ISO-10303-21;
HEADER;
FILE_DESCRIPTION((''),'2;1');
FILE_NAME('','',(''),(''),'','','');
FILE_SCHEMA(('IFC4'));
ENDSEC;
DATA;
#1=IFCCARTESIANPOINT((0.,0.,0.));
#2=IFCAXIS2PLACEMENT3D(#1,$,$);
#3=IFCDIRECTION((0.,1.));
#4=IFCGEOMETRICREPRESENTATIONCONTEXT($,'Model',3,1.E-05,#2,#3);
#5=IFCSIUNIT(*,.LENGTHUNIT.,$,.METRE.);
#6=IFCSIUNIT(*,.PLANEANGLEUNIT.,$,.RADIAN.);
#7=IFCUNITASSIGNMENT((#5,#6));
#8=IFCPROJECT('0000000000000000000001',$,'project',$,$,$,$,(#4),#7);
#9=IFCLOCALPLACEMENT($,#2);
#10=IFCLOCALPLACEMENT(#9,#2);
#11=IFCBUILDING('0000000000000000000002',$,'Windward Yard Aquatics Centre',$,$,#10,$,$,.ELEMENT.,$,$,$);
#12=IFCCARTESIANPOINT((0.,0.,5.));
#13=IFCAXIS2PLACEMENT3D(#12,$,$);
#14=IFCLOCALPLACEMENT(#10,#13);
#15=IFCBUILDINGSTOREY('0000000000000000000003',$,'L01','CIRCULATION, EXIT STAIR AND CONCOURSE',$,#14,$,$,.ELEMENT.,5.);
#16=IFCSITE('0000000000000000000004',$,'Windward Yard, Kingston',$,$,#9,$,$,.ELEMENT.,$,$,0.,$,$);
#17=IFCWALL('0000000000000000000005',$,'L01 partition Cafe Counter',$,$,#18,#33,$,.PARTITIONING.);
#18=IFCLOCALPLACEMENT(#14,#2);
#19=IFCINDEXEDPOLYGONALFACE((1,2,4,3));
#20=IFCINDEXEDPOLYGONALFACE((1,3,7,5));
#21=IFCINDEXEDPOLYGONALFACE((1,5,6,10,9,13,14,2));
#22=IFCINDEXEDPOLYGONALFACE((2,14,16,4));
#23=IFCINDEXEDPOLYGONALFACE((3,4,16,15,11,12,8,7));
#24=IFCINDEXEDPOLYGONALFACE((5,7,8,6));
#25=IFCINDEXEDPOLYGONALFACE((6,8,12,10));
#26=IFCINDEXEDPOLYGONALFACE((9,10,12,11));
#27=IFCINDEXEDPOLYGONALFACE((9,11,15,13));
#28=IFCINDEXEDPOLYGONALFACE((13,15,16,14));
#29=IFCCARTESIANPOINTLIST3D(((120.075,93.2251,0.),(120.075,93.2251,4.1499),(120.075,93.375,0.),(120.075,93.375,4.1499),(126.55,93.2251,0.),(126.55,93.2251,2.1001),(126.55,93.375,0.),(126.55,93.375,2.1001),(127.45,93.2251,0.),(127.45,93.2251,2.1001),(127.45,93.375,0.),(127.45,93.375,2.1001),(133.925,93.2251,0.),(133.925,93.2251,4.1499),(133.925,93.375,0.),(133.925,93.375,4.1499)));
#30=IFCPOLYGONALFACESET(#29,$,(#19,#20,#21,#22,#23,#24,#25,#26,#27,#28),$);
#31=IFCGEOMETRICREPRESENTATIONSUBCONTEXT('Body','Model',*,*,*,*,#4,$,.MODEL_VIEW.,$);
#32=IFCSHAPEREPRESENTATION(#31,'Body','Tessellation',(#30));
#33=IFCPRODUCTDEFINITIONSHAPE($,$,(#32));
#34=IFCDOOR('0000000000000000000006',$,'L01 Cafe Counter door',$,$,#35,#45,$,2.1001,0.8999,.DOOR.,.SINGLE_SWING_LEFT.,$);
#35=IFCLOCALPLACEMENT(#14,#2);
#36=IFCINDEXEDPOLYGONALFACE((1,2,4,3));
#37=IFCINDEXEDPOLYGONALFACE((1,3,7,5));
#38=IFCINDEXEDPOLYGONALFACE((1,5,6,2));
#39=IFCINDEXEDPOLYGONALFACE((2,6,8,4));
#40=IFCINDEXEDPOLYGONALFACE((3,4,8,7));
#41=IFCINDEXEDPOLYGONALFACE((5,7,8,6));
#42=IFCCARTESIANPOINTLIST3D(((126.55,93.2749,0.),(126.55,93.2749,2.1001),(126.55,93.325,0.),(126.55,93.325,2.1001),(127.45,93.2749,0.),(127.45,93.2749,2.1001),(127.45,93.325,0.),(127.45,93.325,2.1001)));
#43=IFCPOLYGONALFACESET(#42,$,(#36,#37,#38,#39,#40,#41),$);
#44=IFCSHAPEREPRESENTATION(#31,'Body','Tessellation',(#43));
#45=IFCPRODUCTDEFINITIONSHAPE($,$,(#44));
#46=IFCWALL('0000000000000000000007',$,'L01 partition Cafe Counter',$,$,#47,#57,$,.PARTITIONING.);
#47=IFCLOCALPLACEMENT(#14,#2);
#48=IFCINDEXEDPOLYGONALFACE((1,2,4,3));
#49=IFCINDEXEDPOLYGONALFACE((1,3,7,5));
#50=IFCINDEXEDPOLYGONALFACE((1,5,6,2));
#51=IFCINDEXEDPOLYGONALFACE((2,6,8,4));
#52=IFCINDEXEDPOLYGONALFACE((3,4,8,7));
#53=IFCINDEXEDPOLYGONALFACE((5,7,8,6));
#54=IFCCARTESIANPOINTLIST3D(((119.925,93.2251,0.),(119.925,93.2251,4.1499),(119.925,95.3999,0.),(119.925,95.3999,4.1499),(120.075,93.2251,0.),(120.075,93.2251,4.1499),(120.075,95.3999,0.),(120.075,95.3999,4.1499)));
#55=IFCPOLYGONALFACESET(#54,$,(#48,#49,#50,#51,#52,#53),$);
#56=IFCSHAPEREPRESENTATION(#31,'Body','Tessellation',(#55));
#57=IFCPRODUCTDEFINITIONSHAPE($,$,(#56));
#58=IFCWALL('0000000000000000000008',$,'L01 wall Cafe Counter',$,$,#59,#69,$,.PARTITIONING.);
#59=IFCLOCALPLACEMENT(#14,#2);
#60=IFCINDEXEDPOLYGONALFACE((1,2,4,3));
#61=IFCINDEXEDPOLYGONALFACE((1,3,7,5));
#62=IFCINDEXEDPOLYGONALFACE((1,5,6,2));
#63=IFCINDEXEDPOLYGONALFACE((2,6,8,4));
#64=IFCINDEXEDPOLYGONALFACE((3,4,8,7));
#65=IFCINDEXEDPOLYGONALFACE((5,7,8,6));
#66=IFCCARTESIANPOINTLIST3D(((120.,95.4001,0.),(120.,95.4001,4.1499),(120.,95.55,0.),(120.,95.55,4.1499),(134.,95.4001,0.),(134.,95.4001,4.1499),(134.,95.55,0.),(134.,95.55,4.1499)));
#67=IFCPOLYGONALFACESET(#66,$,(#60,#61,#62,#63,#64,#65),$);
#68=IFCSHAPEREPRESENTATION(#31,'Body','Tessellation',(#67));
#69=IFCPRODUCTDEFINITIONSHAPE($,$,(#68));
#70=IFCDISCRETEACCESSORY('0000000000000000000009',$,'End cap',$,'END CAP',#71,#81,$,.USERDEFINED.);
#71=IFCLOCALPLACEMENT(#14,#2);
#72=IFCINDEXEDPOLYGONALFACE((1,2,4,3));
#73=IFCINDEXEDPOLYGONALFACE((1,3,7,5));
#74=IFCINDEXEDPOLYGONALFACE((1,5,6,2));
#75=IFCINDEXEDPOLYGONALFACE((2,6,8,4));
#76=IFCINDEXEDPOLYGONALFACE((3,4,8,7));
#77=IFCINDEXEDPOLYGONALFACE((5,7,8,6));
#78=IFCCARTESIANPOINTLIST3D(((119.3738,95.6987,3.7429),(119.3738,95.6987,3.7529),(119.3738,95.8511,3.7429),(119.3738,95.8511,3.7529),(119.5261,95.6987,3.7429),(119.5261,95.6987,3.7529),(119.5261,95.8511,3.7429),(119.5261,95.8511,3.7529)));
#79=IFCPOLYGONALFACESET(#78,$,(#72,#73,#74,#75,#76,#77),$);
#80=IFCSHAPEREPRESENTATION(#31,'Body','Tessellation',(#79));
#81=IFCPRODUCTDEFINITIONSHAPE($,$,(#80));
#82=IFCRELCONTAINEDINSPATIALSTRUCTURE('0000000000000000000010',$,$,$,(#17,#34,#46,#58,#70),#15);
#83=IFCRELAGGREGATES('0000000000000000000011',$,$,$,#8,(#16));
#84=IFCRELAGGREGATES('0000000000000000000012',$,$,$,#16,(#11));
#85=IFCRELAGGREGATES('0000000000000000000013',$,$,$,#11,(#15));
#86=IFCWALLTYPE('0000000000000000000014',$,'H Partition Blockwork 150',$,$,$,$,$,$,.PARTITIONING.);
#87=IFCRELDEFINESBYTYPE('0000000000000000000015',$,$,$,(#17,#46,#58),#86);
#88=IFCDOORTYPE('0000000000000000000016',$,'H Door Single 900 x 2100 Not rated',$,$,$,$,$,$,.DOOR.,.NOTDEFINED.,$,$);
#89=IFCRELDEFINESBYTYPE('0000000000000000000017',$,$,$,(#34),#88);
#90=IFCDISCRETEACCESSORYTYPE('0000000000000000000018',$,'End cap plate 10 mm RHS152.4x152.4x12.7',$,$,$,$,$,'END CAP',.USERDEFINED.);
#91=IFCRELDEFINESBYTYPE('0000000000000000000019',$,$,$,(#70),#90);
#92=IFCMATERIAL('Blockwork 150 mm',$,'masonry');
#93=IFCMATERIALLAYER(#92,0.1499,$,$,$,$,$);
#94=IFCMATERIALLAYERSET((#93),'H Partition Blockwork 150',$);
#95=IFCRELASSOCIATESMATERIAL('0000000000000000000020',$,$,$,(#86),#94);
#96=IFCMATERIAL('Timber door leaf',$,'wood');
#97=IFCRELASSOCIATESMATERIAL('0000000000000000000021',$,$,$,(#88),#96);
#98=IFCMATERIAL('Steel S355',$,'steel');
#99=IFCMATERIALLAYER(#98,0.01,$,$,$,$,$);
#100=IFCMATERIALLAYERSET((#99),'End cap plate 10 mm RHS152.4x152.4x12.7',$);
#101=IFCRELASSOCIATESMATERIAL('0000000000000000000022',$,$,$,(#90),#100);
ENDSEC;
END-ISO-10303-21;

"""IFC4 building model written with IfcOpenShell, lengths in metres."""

from ifc_helpers import new_model, si_unit, direction, frame, frame_2d, origin, origin_2d, place, context, subcontext, project, spatial, rectangle, extrude, material, layer, layer_set, type_object, element, fill, save


model = new_model("IFC4")

# Units and contexts
model_context = context("Model", 3, precision=1e-05, world=origin(), true_north=direction((0.0, 1.0)))
body_context = subcontext(model_context, "Body", "Model", "MODEL_VIEW")
ifc_project = project(units=[si_unit("LENGTHUNIT", "METRE"), si_unit("PLANEANGLEUNIT", "RADIAN")], contexts=[model_context])

# Site, building, storey
site_placement = place(None, origin())
site = spatial("IfcSite", under=ifc_project, at=site_placement, Name="Windward Yard, Kingston", CompositionType="ELEMENT", RefElevation=0.0)
building_placement = place(site_placement, origin())
building = spatial("IfcBuilding", under=site, at=building_placement, Name="Windward Yard Aquatics Centre", CompositionType="ELEMENT")
storey_placement = place(building_placement, frame((0.0, 0.0, 5.0)))
storey = spatial("IfcBuildingStorey", under=building, at=storey_placement, Name="L01", Description="CIRCULATION, EXIT STAIR AND CONCOURSE", CompositionType="ELEMENT", Elevation=5.0)

# Shared definitions
ifc_material_1 = material(Name="Blockwork 150 mm", Category="masonry")
ifc_layer_1 = layer(ifc_material_1, 0.1499)
ifc_layer_set_1 = layer_set([ifc_layer_1], Name="H Partition Blockwork 150")
wall_type = type_object("IfcWallType", Name="H Partition Blockwork 150", PredefinedType="PARTITIONING", material=ifc_layer_set_1)

# Wall, opening, door
wall_1_placement = place(storey_placement, frame((120.075, 93.3, 0.0), z_axis=(0.0, 0.0, 1.0), x_axis=(1.0, 0.0, 0.0)))
wall_1 = element("IfcWall", 1, at=wall_1_placement, inside=storey, type_object=wall_type, Name="L01 partition Cafe Counter", PredefinedType="PARTITIONING", context=body_context, shape_type="SweptSolid", body=[
    extrude(rectangle(XDim=13.8501, YDim=0.1499, at=frame_2d((6.925, 0.0))), origin(), (0.0, 0.0, 1.0), 4.1499),
])
opening_placement = place(wall_1_placement, frame((6.4751, 0.0, 0.0)))
opening = element("IfcOpeningElement", 2, at=opening_placement, cuts=wall_1, PredefinedType="OPENING", context=body_context, shape_type="SweptSolid", body=[
    extrude(rectangle(XDim=0.8999, YDim=2.1001, at=frame_2d((0.45, 1.05))), frame((0.0, 0.085, 0.0), z_axis=(0.0, -1.0, 0.0), x_axis=(1.0, 0.0, 0.0)), (0.0, 0.0, 1.0), 0.1699),
])
ifc_material_2 = material(Name="Timber door leaf", Category="wood")
door_type = type_object("IfcDoorType", Name="H Door Single 900 x 2100 Not rated", OperationType="NOTDEFINED", PredefinedType="DOOR", material=ifc_material_2)
door_placement = place(opening_placement, origin())
door = element("IfcDoor", 3, at=door_placement, inside=storey, type_object=door_type, Name="L01 Cafe Counter door", OperationType="SINGLE_SWING_LEFT", OverallHeight=2.1001, OverallWidth=0.8999, PredefinedType="DOOR", context=body_context, shape_type="SweptSolid", body=[
    extrude(rectangle(XDim=0.8999, YDim=2.1001, at=frame_2d((0.45, 1.05))), frame((0.0, 0.0249, 0.0), z_axis=(0.0, -1.0, 0.0), x_axis=(1.0, 0.0, 0.0)), (0.0, 0.0, 1.0), 0.05),
])
fill(opening, door)

# Walls
wall_2_placement = place(storey_placement, frame((120.0, 95.3999, 0.0), z_axis=(0.0, 0.0, 1.0), x_axis=(0.0, -1.0, 0.0)))
element("IfcWall", 4, at=wall_2_placement, inside=storey, type_object=wall_type, Name="L01 partition Cafe Counter", PredefinedType="PARTITIONING", context=body_context, shape_type="SweptSolid", body=[
    extrude(rectangle(XDim=2.1748, YDim=0.1499, at=frame_2d((1.0874, 0.0))), origin(), (0.0, 0.0, 1.0), 4.1499),
])
wall_3_placement = place(storey_placement, frame((120.0, 95.4751, 0.0), z_axis=(0.0, 0.0, 1.0), x_axis=(1.0, 0.0, 0.0)))
element("IfcWall", 5, at=wall_3_placement, inside=storey, type_object=wall_type, Name="L01 wall Cafe Counter", PredefinedType="PARTITIONING", context=body_context, shape_type="SweptSolid", body=[
    extrude(rectangle(XDim=14.0, YDim=0.1499, at=frame_2d((7.0, 0.0))), origin(), (0.0, 0.0, 1.0), 4.1499),
])

# Discrete accessory
ifc_material_3 = material(Name="Steel S355", Category="steel")
ifc_layer_2 = layer(ifc_material_3, 0.01)
ifc_layer_set_2 = layer_set([ifc_layer_2], Name="End cap plate 10 mm RHS152.4x152.4x12.7")
discrete_accessory_type = type_object("IfcDiscreteAccessoryType", Name="End cap plate 10 mm RHS152.4x152.4x12.7", ElementType="END CAP", PredefinedType="USERDEFINED", material=ifc_layer_set_2)
discrete_accessory_placement = place(storey_placement, frame((119.45, 95.7749, 3.7429), z_axis=(0.0, 0.0, 1.0), x_axis=(1.0, 0.0, 0.0)))
element("IfcDiscreteAccessory", 6, at=discrete_accessory_placement, inside=storey, type_object=discrete_accessory_type, Name="End cap", ObjectType="END CAP", PredefinedType="USERDEFINED", context=body_context, shape_type="SweptSolid", body=[
    extrude(rectangle(XDim=0.1523, YDim=0.1523, at=origin_2d()), origin(), (0.0, 0.0, 1.0), 0.01),
])

save(model, "model.ifc")
